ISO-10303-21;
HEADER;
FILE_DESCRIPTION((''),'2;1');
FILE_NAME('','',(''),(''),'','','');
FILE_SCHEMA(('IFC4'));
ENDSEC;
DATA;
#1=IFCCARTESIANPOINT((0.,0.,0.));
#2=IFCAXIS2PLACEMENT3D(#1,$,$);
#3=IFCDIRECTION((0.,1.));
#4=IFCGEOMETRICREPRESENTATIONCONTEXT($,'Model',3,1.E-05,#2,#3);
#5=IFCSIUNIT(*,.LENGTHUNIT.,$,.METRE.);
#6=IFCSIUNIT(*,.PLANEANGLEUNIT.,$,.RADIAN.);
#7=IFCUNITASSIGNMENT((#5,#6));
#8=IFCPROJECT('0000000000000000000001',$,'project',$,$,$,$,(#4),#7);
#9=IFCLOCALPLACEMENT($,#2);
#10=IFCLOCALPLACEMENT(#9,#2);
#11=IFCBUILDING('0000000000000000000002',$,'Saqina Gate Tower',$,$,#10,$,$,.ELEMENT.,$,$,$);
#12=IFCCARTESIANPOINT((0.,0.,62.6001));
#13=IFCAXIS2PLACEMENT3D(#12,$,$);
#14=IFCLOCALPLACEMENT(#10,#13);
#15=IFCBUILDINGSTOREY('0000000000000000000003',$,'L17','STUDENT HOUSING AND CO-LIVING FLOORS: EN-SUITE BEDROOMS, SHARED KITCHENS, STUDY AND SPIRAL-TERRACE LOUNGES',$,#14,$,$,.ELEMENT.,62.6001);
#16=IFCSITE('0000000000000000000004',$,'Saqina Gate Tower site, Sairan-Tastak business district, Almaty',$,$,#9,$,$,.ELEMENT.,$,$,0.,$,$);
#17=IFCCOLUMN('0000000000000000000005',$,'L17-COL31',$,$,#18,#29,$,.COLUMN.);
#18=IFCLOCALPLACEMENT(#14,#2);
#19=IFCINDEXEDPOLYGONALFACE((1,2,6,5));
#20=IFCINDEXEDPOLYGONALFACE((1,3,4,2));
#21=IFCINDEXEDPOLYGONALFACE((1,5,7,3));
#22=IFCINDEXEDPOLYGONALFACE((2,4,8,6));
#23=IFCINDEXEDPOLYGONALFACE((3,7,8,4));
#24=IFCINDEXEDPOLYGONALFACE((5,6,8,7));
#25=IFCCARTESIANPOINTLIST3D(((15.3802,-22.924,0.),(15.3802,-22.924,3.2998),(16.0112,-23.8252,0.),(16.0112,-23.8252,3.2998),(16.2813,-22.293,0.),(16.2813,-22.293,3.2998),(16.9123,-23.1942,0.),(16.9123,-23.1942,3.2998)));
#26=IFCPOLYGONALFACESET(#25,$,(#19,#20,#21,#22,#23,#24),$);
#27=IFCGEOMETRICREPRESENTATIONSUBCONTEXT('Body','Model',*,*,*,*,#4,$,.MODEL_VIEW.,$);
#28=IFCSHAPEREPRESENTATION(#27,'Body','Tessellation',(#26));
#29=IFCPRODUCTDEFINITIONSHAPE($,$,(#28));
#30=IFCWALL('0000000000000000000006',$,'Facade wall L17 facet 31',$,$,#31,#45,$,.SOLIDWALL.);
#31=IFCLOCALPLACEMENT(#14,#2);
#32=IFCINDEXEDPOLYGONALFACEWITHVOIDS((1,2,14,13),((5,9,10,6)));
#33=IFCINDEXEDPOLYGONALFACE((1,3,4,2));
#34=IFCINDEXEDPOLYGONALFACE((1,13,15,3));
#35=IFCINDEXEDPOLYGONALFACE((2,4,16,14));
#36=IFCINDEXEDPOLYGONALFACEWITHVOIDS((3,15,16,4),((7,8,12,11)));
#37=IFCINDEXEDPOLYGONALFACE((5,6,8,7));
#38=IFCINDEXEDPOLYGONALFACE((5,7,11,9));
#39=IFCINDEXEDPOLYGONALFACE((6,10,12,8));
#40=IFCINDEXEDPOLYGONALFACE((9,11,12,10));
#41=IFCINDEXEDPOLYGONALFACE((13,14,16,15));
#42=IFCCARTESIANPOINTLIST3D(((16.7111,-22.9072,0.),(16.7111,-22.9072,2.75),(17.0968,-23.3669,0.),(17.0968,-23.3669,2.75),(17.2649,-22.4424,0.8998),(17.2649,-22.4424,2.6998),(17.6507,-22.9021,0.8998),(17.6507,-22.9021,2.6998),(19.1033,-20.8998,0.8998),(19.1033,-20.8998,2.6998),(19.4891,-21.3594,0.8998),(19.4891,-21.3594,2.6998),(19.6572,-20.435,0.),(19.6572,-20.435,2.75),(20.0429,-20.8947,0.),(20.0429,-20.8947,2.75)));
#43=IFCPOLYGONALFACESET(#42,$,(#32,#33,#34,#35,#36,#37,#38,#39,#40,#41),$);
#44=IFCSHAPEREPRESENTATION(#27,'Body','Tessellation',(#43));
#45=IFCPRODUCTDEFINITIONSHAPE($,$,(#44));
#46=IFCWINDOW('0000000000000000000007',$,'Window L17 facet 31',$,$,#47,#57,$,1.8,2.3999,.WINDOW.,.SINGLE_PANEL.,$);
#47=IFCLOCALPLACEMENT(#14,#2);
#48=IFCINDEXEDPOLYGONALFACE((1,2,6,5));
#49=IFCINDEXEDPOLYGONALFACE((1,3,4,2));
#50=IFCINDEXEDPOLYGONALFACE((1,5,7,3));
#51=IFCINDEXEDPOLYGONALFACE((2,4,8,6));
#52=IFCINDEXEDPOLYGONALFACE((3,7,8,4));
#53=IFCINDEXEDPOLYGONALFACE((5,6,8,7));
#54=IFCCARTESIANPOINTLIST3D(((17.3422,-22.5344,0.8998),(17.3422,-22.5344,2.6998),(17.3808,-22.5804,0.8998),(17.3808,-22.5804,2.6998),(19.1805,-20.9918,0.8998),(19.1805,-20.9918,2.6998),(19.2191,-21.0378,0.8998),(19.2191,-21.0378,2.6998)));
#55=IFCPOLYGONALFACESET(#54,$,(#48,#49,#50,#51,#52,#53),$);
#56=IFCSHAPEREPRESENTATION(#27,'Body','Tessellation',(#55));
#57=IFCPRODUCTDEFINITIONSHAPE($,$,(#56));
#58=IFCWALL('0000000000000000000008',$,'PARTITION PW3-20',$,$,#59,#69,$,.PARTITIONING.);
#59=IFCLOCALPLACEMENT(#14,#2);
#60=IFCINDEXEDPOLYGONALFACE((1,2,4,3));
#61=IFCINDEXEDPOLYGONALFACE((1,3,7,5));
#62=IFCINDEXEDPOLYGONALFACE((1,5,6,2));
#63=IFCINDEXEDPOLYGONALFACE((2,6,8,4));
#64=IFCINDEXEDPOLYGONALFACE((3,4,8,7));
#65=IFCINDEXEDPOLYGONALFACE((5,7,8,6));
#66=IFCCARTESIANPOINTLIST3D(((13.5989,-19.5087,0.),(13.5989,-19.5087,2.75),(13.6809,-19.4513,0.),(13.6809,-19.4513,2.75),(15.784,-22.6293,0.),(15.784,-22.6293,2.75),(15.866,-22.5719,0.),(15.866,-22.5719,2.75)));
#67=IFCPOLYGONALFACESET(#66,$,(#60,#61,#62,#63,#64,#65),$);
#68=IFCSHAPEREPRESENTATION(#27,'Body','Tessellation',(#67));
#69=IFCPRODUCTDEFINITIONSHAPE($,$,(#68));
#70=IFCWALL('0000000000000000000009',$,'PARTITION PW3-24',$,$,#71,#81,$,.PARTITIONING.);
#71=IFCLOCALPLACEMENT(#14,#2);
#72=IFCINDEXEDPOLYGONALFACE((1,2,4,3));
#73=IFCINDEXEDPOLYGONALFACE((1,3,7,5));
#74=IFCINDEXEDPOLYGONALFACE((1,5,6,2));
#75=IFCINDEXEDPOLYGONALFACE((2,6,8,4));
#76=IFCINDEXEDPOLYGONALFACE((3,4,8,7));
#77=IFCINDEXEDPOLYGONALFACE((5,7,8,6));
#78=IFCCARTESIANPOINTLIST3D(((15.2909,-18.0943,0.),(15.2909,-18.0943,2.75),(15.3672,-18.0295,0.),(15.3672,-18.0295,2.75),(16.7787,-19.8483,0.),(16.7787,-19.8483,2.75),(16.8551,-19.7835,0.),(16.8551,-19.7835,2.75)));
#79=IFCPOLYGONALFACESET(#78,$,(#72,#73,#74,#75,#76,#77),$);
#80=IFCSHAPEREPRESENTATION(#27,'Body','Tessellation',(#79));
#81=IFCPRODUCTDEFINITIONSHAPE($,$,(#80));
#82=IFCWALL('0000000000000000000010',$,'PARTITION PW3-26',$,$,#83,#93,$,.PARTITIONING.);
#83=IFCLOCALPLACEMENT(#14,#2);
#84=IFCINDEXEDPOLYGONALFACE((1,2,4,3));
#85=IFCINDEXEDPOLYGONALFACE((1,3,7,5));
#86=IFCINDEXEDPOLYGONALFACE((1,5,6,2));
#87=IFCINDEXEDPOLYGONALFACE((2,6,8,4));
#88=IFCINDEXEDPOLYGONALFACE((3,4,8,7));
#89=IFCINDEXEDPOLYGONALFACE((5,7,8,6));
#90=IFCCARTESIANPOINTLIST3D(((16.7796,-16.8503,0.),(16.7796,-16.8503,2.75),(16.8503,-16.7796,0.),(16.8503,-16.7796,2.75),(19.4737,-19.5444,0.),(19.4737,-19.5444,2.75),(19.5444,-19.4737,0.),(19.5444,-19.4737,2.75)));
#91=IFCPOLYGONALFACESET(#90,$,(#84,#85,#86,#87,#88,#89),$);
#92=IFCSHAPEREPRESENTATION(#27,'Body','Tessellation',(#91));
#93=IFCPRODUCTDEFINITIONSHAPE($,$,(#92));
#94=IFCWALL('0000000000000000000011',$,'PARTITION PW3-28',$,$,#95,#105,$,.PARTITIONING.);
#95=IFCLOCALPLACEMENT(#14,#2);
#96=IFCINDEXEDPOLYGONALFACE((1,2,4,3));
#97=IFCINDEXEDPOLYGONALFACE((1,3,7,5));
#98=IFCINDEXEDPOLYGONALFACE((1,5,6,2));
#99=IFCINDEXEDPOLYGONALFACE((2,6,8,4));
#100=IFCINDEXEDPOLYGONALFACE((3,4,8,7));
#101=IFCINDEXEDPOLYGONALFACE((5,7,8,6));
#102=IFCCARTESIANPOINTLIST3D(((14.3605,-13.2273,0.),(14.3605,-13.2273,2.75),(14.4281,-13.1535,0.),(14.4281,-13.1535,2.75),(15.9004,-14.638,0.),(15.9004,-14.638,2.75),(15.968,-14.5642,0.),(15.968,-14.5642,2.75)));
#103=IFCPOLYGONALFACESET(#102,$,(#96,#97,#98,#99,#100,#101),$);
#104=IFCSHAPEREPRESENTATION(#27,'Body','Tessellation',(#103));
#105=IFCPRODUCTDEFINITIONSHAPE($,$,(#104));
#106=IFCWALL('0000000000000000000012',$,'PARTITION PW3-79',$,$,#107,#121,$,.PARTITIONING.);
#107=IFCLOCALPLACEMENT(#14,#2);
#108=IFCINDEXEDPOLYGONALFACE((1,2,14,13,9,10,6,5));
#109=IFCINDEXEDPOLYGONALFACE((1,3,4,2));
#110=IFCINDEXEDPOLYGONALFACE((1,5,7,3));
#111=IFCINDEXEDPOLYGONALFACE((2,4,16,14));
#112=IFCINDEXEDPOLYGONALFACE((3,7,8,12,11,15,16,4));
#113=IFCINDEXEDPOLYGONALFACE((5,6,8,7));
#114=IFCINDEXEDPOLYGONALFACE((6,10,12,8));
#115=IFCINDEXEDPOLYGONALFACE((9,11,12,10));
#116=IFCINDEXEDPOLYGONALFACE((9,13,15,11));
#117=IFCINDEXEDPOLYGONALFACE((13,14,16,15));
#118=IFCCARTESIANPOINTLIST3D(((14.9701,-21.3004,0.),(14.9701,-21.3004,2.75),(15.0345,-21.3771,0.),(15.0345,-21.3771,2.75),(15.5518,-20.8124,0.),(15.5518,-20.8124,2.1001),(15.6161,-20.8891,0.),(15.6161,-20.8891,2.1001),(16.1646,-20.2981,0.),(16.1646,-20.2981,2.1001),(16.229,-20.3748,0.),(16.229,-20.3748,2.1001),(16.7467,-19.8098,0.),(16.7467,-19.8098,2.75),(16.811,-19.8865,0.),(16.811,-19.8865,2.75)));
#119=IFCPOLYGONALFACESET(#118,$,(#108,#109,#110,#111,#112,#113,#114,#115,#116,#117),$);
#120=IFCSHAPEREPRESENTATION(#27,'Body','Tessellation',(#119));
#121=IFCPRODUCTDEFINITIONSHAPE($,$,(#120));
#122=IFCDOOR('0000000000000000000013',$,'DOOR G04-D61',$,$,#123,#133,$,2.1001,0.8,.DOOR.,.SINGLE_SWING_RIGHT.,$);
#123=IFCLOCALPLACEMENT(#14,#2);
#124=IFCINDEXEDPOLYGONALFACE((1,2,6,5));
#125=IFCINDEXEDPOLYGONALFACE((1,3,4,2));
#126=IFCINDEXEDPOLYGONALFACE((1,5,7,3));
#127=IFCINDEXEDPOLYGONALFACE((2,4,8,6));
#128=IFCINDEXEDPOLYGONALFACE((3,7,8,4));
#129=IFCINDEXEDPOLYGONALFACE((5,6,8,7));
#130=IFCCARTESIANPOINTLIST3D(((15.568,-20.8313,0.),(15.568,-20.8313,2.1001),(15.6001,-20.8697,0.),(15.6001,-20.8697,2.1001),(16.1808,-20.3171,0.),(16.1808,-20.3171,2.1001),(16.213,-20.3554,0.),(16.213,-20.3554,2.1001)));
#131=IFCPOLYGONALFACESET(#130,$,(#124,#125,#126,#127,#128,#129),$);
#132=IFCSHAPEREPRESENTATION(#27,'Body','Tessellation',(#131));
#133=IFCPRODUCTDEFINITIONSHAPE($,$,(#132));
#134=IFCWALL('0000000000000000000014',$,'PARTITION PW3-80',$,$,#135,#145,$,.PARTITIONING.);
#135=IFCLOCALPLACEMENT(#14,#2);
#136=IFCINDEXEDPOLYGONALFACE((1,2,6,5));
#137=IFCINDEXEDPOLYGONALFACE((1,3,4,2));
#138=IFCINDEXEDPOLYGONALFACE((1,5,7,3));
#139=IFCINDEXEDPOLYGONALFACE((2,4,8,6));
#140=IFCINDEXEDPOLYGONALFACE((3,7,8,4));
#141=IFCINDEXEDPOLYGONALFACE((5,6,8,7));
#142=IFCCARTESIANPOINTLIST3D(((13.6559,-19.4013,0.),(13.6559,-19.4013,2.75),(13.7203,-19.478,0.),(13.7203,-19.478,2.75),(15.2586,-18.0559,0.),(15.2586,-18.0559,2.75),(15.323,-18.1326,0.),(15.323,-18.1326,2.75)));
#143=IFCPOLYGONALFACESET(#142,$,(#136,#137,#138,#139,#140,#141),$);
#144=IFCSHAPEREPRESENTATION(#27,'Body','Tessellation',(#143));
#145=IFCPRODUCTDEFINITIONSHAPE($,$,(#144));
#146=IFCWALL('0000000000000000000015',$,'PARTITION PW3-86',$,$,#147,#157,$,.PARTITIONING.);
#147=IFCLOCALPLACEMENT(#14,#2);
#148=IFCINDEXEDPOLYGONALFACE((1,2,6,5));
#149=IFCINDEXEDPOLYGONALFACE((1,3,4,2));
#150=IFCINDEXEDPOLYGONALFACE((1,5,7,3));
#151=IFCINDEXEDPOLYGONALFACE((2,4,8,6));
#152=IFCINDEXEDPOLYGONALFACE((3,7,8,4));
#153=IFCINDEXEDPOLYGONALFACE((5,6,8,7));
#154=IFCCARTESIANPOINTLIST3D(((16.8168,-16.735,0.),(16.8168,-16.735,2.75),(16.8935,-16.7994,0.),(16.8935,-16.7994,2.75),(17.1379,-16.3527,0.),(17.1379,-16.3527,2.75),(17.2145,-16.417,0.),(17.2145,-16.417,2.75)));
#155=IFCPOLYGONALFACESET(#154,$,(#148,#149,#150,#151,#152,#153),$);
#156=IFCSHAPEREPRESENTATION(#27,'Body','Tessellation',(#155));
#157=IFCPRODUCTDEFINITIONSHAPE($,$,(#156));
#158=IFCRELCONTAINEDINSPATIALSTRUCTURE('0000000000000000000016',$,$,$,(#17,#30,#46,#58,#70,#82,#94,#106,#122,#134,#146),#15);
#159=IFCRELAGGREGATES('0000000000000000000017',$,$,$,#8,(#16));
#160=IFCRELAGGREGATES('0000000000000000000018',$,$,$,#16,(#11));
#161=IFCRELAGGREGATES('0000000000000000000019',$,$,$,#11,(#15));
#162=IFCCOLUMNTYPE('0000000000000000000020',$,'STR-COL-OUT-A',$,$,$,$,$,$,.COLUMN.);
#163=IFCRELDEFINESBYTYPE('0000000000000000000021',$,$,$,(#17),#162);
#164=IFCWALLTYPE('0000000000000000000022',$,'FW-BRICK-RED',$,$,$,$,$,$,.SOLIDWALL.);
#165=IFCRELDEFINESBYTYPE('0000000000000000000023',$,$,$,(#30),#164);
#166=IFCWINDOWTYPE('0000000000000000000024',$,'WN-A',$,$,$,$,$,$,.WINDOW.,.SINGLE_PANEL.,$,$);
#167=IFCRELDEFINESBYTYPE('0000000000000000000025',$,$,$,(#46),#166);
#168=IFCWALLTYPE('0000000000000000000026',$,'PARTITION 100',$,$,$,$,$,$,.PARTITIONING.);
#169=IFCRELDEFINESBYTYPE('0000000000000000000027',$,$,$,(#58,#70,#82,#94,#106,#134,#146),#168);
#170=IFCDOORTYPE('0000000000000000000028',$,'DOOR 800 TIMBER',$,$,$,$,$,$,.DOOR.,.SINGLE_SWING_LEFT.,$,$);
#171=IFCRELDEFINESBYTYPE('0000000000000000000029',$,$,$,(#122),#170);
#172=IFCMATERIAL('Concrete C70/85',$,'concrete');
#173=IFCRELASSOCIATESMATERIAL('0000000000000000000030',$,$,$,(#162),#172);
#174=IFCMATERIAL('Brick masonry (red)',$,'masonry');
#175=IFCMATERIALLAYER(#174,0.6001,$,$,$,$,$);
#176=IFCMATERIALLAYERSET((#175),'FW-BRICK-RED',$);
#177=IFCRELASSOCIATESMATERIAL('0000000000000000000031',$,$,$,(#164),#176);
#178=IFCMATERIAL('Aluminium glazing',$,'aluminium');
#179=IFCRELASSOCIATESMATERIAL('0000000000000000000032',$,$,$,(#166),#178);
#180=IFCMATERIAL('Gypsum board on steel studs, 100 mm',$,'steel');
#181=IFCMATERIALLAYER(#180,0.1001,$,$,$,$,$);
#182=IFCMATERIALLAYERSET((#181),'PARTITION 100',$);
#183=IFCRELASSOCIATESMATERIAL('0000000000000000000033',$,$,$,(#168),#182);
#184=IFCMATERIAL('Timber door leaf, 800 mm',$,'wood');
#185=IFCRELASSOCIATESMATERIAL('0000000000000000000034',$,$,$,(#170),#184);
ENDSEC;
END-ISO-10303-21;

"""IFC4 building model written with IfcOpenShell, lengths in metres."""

from ifc_helpers import new_model, si_unit, direction, frame, frame_2d, origin, origin_2d, place, context, subcontext, project, spatial, rectangle, extrude, material, layer, layer_set, material_profile, profile_set, type_object, element, fill, save


model = new_model("IFC4")

# Units and contexts
model_context = context("Model", 3, precision=1e-05, world=origin(), true_north=direction((0.0, 1.0)))
body_context = subcontext(model_context, "Body", "Model", "MODEL_VIEW")
ifc_project = project(units=[si_unit("LENGTHUNIT", "METRE"), si_unit("PLANEANGLEUNIT", "RADIAN")], contexts=[model_context])

# Site, building, storey
site_placement = place(None, origin())
site = spatial("IfcSite", under=ifc_project, at=site_placement, Name="Saqina Gate Tower site, Sairan-Tastak business district, Almaty", CompositionType="ELEMENT", RefElevation=0.0)
building_placement = place(site_placement, origin())
building = spatial("IfcBuilding", under=site, at=building_placement, Name="Saqina Gate Tower", CompositionType="ELEMENT")
storey_placement = place(building_placement, frame((0.0, 0.0, 62.6001)))
storey = spatial("IfcBuildingStorey", under=building, at=storey_placement, Name="L17", Description="STUDENT HOUSING AND CO-LIVING FLOORS: EN-SUITE BEDROOMS, SHARED KITCHENS, STUDY AND SPIRAL-TERRACE LOUNGES", CompositionType="ELEMENT", Elevation=62.6001)

# Column
ifc_material_1 = material(Name="Concrete C70/85", Category="concrete")
ifc_material_profile = material_profile(ifc_material_1, rectangle(XDim=1.1001, YDim=1.1001, at=origin_2d()), Name="RC 1100x1100")
ifc_profile_set = profile_set([ifc_material_profile], Name="Concrete C70/85")
column_type = type_object("IfcColumnType", Name="STR-COL-OUT-A", PredefinedType="COLUMN", material=ifc_profile_set)
column_placement = place(storey_placement, frame((16.1462, -23.0591, 0.0), z_axis=(0.0, 0.0, 1.0), x_axis=(0.573576, -0.819152, 0.0)))
element("IfcColumn", 1, at=column_placement, inside=storey, type_object=column_type, Name="L17-COL31", PredefinedType="COLUMN", context=body_context, shape_type="SweptSolid", body=[
    extrude(rectangle(XDim=1.1001, YDim=1.1001, at=origin_2d()), origin(), (0.0, 0.0, 1.0), 3.2998),
])

# Wall, opening, window
ifc_material_2 = material(Name="Brick masonry (red)", Category="masonry")
ifc_layer_1 = layer(ifc_material_2, 0.6001)
ifc_layer_set_1 = layer_set([ifc_layer_1], Name="FW-BRICK-RED")
wall_type_1 = type_object("IfcWallType", Name="FW-BRICK-RED", PredefinedType="SOLIDWALL", material=ifc_layer_set_1)
wall_1_placement = place(storey_placement, frame((16.9041, -23.137, 0.0), z_axis=(0.0, 0.0, 1.0), x_axis=(0.766026, 0.642809, 0.0)))
wall_1 = element("IfcWall", 2, at=wall_1_placement, inside=storey, type_object=wall_type_1, Name="Facade wall L17 facet 31", PredefinedType="SOLIDWALL", context=body_context, shape_type="SweptSolid", body=[
    extrude(rectangle(XDim=3.8459, YDim=0.6001, at=frame_2d((1.9229, 0.0))), origin(), (0.0, 0.0, 1.0), 2.75),
])
opening_1_placement = place(wall_1_placement, frame((0.7229, 0.0, 0.8999)))
opening_1 = element("IfcOpeningElement", 3, at=opening_1_placement, cuts=wall_1, PredefinedType="OPENING", context=body_context, shape_type="SweptSolid", body=[
    extrude(rectangle(XDim=2.3999, YDim=1.8, at=frame_2d((1.2, 0.8999))), frame((0.0, 0.312, 0.0), z_axis=(0.0, -1.0, 0.0), x_axis=(1.0, 0.0, 0.0)), (0.0, 0.0, 1.0), 0.624),
])
ifc_material_3 = material(Name="Aluminium glazing", Category="aluminium")
window_type = type_object("IfcWindowType", Name="WN-A", PartitioningType="SINGLE_PANEL", PredefinedType="WINDOW", material=ifc_material_3)
window_placement = place(opening_1_placement, origin())
window = element("IfcWindow", 4, at=window_placement, inside=storey, type_object=window_type, Name="Window L17 facet 31", OverallHeight=1.8, OverallWidth=2.3999, PartitioningType="SINGLE_PANEL", PredefinedType="WINDOW", context=body_context, shape_type="SweptSolid", body=[
    extrude(rectangle(XDim=2.3999, YDim=1.8, at=frame_2d((1.2, 0.8999))), frame((0.0, 0.1799, 0.0), z_axis=(0.0, -1.0, 0.0), x_axis=(1.0, 0.0, 0.0)), (0.0, 0.0, 1.0), 0.0601),
])
fill(opening_1, window)

# Walls
ifc_material_4 = material(Name="Gypsum board on steel studs, 100 mm", Category="steel")
ifc_layer_2 = layer(ifc_material_4, 0.1001)
ifc_layer_set_2 = layer_set([ifc_layer_2], Name="PARTITION 100")
wall_type_2 = type_object("IfcWallType", Name="PARTITION 100", PredefinedType="PARTITIONING", material=ifc_layer_set_2)
wall_2_placement = place(storey_placement, frame((13.6399, -19.48, 0.0), z_axis=(0.0, 0.0, 1.0), x_axis=(0.573574, -0.819154, 0.0)))
element("IfcWall", 5, at=wall_2_placement, inside=storey, type_object=wall_type_2, Name="PARTITION PW3-20", PredefinedType="PARTITIONING", context=body_context, shape_type="SweptSolid", body=[
    extrude(rectangle(XDim=3.8096, YDim=0.1001, at=frame_2d((1.9048, 0.0))), origin(), (0.0, 0.0, 1.0), 2.75),
])
wall_3_placement = place(storey_placement, frame((15.3291, -18.062, 0.0), z_axis=(0.0, 0.0, 1.0), x_axis=(0.646884, -0.762588, 0.0)))
element("IfcWall", 6, at=wall_3_placement, inside=storey, type_object=wall_type_2, Name="PARTITION PW3-24", PredefinedType="PARTITIONING", context=body_context, shape_type="SweptSolid", body=[
    extrude(rectangle(XDim=2.3, YDim=0.1001, at=frame_2d((1.1499, 0.0))), origin(), (0.0, 0.0, 1.0), 2.75),
])
wall_4_placement = place(storey_placement, frame((16.8149, -16.8149, 0.0), z_axis=(0.0, 0.0, 1.0), x_axis=(0.707107, -0.707107, 0.0)))
element("IfcWall", 7, at=wall_4_placement, inside=storey, type_object=wall_type_2, Name="PARTITION PW3-26", PredefinedType="PARTITIONING", context=body_context, shape_type="SweptSolid", body=[
    extrude(rectangle(XDim=3.8101, YDim=0.1001, at=frame_2d((1.905, 0.0))), origin(), (0.0, 0.0, 1.0), 2.75),
])
wall_5_placement = place(storey_placement, frame((14.3943, -13.1904, 0.0), z_axis=(0.0, 0.0, 1.0), x_axis=(0.737353, -0.675508, 0.0)))
element("IfcWall", 8, at=wall_5_placement, inside=storey, type_object=wall_type_2, Name="PARTITION PW3-28", PredefinedType="PARTITIONING", context=body_context, shape_type="SweptSolid", body=[
    extrude(rectangle(XDim=2.0884, YDim=0.1001, at=frame_2d((1.0442, 0.0))), origin(), (0.0, 0.0, 1.0), 2.75),
])

# Wall, opening, door
wall_6_placement = place(storey_placement, frame((15.0022, -21.3389, 0.0), z_axis=(0.0, 0.0, 1.0), x_axis=(0.766051, 0.64278, 0.0)))
wall_6 = element("IfcWall", 9, at=wall_6_placement, inside=storey, type_object=wall_type_2, Name="PARTITION PW3-79", PredefinedType="PARTITIONING", context=body_context, shape_type="SweptSolid", body=[
    extrude(rectangle(XDim=2.3191, YDim=0.1001, at=frame_2d((1.1597, 0.0))), origin(), (0.0, 0.0, 1.0), 2.75),
])
opening_2_placement = place(wall_6_placement, frame((0.7595, 0.0, 0.0)))
opening_2 = element("IfcOpeningElement", 10, at=opening_2_placement, cuts=wall_6, PredefinedType="OPENING", context=body_context, shape_type="SweptSolid", body=[
    extrude(rectangle(XDim=0.8, YDim=2.1001, at=frame_2d((0.3999, 1.05))), frame((0.0, 0.062, 0.0), z_axis=(0.0, -1.0, 0.0), x_axis=(1.0, 0.0, 0.0)), (0.0, 0.0, 1.0), 0.124),
])
ifc_material_5 = material(Name="Timber door leaf, 800 mm", Category="wood")
door_type_1 = type_object("IfcDoorType", Name="DOOR 800 TIMBER", OperationType="SINGLE_SWING_LEFT", PredefinedType="DOOR", material=ifc_material_5)
door_1_placement = place(opening_2_placement, frame((0.8, 0.0, 0.0), z_axis=(0.0, 0.0, 1.0), x_axis=(-1.0, 0.0, 0.0)))
door_1 = element("IfcDoor", 11, at=door_1_placement, inside=storey, type_object=door_type_1, Name="DOOR G04-D61", OperationType="SINGLE_SWING_RIGHT", OverallHeight=2.1001, OverallWidth=0.8, PredefinedType="DOOR", context=body_context, shape_type="SweptSolid", body=[
    extrude(rectangle(XDim=0.8, YDim=2.1001, at=frame_2d((0.3999, 1.05))), frame((0.0, 0.0249, 0.0), z_axis=(0.0, -1.0, 0.0), x_axis=(1.0, 0.0, 0.0)), (0.0, 0.0, 1.0), 0.05),
])
fill(opening_2, door_1)

# Walls
wall_7_placement = place(storey_placement, frame((13.688, -19.4397, 0.0), z_axis=(0.0, 0.0, 1.0), x_axis=(0.765912, 0.642946, 0.0)))
element("IfcWall", 12, at=wall_7_placement, inside=storey, type_object=wall_type_2, Name="PARTITION PW3-80", PredefinedType="PARTITIONING", context=body_context, shape_type="SweptSolid", body=[
    extrude(rectangle(XDim=2.0925, YDim=0.1001, at=frame_2d((1.0464, 0.0))), origin(), (0.0, 0.0, 1.0), 2.75),
])
wall_8_placement = place(storey_placement, frame((16.8552, -16.7671, 0.0), z_axis=(0.0, 0.0, 1.0), x_axis=(0.643066, 0.765811, 0.0)))
element("IfcWall", 13, at=wall_8_placement, inside=storey, type_object=wall_type_2, Name="PARTITION PW3-86", PredefinedType="PARTITIONING", context=body_context, shape_type="SweptSolid", body=[
    extrude(rectangle(XDim=0.4993, YDim=0.1001, at=frame_2d((0.2495, 0.0))), origin(), (0.0, 0.0, 1.0), 2.75),
])

save(model, "model.ifc")
